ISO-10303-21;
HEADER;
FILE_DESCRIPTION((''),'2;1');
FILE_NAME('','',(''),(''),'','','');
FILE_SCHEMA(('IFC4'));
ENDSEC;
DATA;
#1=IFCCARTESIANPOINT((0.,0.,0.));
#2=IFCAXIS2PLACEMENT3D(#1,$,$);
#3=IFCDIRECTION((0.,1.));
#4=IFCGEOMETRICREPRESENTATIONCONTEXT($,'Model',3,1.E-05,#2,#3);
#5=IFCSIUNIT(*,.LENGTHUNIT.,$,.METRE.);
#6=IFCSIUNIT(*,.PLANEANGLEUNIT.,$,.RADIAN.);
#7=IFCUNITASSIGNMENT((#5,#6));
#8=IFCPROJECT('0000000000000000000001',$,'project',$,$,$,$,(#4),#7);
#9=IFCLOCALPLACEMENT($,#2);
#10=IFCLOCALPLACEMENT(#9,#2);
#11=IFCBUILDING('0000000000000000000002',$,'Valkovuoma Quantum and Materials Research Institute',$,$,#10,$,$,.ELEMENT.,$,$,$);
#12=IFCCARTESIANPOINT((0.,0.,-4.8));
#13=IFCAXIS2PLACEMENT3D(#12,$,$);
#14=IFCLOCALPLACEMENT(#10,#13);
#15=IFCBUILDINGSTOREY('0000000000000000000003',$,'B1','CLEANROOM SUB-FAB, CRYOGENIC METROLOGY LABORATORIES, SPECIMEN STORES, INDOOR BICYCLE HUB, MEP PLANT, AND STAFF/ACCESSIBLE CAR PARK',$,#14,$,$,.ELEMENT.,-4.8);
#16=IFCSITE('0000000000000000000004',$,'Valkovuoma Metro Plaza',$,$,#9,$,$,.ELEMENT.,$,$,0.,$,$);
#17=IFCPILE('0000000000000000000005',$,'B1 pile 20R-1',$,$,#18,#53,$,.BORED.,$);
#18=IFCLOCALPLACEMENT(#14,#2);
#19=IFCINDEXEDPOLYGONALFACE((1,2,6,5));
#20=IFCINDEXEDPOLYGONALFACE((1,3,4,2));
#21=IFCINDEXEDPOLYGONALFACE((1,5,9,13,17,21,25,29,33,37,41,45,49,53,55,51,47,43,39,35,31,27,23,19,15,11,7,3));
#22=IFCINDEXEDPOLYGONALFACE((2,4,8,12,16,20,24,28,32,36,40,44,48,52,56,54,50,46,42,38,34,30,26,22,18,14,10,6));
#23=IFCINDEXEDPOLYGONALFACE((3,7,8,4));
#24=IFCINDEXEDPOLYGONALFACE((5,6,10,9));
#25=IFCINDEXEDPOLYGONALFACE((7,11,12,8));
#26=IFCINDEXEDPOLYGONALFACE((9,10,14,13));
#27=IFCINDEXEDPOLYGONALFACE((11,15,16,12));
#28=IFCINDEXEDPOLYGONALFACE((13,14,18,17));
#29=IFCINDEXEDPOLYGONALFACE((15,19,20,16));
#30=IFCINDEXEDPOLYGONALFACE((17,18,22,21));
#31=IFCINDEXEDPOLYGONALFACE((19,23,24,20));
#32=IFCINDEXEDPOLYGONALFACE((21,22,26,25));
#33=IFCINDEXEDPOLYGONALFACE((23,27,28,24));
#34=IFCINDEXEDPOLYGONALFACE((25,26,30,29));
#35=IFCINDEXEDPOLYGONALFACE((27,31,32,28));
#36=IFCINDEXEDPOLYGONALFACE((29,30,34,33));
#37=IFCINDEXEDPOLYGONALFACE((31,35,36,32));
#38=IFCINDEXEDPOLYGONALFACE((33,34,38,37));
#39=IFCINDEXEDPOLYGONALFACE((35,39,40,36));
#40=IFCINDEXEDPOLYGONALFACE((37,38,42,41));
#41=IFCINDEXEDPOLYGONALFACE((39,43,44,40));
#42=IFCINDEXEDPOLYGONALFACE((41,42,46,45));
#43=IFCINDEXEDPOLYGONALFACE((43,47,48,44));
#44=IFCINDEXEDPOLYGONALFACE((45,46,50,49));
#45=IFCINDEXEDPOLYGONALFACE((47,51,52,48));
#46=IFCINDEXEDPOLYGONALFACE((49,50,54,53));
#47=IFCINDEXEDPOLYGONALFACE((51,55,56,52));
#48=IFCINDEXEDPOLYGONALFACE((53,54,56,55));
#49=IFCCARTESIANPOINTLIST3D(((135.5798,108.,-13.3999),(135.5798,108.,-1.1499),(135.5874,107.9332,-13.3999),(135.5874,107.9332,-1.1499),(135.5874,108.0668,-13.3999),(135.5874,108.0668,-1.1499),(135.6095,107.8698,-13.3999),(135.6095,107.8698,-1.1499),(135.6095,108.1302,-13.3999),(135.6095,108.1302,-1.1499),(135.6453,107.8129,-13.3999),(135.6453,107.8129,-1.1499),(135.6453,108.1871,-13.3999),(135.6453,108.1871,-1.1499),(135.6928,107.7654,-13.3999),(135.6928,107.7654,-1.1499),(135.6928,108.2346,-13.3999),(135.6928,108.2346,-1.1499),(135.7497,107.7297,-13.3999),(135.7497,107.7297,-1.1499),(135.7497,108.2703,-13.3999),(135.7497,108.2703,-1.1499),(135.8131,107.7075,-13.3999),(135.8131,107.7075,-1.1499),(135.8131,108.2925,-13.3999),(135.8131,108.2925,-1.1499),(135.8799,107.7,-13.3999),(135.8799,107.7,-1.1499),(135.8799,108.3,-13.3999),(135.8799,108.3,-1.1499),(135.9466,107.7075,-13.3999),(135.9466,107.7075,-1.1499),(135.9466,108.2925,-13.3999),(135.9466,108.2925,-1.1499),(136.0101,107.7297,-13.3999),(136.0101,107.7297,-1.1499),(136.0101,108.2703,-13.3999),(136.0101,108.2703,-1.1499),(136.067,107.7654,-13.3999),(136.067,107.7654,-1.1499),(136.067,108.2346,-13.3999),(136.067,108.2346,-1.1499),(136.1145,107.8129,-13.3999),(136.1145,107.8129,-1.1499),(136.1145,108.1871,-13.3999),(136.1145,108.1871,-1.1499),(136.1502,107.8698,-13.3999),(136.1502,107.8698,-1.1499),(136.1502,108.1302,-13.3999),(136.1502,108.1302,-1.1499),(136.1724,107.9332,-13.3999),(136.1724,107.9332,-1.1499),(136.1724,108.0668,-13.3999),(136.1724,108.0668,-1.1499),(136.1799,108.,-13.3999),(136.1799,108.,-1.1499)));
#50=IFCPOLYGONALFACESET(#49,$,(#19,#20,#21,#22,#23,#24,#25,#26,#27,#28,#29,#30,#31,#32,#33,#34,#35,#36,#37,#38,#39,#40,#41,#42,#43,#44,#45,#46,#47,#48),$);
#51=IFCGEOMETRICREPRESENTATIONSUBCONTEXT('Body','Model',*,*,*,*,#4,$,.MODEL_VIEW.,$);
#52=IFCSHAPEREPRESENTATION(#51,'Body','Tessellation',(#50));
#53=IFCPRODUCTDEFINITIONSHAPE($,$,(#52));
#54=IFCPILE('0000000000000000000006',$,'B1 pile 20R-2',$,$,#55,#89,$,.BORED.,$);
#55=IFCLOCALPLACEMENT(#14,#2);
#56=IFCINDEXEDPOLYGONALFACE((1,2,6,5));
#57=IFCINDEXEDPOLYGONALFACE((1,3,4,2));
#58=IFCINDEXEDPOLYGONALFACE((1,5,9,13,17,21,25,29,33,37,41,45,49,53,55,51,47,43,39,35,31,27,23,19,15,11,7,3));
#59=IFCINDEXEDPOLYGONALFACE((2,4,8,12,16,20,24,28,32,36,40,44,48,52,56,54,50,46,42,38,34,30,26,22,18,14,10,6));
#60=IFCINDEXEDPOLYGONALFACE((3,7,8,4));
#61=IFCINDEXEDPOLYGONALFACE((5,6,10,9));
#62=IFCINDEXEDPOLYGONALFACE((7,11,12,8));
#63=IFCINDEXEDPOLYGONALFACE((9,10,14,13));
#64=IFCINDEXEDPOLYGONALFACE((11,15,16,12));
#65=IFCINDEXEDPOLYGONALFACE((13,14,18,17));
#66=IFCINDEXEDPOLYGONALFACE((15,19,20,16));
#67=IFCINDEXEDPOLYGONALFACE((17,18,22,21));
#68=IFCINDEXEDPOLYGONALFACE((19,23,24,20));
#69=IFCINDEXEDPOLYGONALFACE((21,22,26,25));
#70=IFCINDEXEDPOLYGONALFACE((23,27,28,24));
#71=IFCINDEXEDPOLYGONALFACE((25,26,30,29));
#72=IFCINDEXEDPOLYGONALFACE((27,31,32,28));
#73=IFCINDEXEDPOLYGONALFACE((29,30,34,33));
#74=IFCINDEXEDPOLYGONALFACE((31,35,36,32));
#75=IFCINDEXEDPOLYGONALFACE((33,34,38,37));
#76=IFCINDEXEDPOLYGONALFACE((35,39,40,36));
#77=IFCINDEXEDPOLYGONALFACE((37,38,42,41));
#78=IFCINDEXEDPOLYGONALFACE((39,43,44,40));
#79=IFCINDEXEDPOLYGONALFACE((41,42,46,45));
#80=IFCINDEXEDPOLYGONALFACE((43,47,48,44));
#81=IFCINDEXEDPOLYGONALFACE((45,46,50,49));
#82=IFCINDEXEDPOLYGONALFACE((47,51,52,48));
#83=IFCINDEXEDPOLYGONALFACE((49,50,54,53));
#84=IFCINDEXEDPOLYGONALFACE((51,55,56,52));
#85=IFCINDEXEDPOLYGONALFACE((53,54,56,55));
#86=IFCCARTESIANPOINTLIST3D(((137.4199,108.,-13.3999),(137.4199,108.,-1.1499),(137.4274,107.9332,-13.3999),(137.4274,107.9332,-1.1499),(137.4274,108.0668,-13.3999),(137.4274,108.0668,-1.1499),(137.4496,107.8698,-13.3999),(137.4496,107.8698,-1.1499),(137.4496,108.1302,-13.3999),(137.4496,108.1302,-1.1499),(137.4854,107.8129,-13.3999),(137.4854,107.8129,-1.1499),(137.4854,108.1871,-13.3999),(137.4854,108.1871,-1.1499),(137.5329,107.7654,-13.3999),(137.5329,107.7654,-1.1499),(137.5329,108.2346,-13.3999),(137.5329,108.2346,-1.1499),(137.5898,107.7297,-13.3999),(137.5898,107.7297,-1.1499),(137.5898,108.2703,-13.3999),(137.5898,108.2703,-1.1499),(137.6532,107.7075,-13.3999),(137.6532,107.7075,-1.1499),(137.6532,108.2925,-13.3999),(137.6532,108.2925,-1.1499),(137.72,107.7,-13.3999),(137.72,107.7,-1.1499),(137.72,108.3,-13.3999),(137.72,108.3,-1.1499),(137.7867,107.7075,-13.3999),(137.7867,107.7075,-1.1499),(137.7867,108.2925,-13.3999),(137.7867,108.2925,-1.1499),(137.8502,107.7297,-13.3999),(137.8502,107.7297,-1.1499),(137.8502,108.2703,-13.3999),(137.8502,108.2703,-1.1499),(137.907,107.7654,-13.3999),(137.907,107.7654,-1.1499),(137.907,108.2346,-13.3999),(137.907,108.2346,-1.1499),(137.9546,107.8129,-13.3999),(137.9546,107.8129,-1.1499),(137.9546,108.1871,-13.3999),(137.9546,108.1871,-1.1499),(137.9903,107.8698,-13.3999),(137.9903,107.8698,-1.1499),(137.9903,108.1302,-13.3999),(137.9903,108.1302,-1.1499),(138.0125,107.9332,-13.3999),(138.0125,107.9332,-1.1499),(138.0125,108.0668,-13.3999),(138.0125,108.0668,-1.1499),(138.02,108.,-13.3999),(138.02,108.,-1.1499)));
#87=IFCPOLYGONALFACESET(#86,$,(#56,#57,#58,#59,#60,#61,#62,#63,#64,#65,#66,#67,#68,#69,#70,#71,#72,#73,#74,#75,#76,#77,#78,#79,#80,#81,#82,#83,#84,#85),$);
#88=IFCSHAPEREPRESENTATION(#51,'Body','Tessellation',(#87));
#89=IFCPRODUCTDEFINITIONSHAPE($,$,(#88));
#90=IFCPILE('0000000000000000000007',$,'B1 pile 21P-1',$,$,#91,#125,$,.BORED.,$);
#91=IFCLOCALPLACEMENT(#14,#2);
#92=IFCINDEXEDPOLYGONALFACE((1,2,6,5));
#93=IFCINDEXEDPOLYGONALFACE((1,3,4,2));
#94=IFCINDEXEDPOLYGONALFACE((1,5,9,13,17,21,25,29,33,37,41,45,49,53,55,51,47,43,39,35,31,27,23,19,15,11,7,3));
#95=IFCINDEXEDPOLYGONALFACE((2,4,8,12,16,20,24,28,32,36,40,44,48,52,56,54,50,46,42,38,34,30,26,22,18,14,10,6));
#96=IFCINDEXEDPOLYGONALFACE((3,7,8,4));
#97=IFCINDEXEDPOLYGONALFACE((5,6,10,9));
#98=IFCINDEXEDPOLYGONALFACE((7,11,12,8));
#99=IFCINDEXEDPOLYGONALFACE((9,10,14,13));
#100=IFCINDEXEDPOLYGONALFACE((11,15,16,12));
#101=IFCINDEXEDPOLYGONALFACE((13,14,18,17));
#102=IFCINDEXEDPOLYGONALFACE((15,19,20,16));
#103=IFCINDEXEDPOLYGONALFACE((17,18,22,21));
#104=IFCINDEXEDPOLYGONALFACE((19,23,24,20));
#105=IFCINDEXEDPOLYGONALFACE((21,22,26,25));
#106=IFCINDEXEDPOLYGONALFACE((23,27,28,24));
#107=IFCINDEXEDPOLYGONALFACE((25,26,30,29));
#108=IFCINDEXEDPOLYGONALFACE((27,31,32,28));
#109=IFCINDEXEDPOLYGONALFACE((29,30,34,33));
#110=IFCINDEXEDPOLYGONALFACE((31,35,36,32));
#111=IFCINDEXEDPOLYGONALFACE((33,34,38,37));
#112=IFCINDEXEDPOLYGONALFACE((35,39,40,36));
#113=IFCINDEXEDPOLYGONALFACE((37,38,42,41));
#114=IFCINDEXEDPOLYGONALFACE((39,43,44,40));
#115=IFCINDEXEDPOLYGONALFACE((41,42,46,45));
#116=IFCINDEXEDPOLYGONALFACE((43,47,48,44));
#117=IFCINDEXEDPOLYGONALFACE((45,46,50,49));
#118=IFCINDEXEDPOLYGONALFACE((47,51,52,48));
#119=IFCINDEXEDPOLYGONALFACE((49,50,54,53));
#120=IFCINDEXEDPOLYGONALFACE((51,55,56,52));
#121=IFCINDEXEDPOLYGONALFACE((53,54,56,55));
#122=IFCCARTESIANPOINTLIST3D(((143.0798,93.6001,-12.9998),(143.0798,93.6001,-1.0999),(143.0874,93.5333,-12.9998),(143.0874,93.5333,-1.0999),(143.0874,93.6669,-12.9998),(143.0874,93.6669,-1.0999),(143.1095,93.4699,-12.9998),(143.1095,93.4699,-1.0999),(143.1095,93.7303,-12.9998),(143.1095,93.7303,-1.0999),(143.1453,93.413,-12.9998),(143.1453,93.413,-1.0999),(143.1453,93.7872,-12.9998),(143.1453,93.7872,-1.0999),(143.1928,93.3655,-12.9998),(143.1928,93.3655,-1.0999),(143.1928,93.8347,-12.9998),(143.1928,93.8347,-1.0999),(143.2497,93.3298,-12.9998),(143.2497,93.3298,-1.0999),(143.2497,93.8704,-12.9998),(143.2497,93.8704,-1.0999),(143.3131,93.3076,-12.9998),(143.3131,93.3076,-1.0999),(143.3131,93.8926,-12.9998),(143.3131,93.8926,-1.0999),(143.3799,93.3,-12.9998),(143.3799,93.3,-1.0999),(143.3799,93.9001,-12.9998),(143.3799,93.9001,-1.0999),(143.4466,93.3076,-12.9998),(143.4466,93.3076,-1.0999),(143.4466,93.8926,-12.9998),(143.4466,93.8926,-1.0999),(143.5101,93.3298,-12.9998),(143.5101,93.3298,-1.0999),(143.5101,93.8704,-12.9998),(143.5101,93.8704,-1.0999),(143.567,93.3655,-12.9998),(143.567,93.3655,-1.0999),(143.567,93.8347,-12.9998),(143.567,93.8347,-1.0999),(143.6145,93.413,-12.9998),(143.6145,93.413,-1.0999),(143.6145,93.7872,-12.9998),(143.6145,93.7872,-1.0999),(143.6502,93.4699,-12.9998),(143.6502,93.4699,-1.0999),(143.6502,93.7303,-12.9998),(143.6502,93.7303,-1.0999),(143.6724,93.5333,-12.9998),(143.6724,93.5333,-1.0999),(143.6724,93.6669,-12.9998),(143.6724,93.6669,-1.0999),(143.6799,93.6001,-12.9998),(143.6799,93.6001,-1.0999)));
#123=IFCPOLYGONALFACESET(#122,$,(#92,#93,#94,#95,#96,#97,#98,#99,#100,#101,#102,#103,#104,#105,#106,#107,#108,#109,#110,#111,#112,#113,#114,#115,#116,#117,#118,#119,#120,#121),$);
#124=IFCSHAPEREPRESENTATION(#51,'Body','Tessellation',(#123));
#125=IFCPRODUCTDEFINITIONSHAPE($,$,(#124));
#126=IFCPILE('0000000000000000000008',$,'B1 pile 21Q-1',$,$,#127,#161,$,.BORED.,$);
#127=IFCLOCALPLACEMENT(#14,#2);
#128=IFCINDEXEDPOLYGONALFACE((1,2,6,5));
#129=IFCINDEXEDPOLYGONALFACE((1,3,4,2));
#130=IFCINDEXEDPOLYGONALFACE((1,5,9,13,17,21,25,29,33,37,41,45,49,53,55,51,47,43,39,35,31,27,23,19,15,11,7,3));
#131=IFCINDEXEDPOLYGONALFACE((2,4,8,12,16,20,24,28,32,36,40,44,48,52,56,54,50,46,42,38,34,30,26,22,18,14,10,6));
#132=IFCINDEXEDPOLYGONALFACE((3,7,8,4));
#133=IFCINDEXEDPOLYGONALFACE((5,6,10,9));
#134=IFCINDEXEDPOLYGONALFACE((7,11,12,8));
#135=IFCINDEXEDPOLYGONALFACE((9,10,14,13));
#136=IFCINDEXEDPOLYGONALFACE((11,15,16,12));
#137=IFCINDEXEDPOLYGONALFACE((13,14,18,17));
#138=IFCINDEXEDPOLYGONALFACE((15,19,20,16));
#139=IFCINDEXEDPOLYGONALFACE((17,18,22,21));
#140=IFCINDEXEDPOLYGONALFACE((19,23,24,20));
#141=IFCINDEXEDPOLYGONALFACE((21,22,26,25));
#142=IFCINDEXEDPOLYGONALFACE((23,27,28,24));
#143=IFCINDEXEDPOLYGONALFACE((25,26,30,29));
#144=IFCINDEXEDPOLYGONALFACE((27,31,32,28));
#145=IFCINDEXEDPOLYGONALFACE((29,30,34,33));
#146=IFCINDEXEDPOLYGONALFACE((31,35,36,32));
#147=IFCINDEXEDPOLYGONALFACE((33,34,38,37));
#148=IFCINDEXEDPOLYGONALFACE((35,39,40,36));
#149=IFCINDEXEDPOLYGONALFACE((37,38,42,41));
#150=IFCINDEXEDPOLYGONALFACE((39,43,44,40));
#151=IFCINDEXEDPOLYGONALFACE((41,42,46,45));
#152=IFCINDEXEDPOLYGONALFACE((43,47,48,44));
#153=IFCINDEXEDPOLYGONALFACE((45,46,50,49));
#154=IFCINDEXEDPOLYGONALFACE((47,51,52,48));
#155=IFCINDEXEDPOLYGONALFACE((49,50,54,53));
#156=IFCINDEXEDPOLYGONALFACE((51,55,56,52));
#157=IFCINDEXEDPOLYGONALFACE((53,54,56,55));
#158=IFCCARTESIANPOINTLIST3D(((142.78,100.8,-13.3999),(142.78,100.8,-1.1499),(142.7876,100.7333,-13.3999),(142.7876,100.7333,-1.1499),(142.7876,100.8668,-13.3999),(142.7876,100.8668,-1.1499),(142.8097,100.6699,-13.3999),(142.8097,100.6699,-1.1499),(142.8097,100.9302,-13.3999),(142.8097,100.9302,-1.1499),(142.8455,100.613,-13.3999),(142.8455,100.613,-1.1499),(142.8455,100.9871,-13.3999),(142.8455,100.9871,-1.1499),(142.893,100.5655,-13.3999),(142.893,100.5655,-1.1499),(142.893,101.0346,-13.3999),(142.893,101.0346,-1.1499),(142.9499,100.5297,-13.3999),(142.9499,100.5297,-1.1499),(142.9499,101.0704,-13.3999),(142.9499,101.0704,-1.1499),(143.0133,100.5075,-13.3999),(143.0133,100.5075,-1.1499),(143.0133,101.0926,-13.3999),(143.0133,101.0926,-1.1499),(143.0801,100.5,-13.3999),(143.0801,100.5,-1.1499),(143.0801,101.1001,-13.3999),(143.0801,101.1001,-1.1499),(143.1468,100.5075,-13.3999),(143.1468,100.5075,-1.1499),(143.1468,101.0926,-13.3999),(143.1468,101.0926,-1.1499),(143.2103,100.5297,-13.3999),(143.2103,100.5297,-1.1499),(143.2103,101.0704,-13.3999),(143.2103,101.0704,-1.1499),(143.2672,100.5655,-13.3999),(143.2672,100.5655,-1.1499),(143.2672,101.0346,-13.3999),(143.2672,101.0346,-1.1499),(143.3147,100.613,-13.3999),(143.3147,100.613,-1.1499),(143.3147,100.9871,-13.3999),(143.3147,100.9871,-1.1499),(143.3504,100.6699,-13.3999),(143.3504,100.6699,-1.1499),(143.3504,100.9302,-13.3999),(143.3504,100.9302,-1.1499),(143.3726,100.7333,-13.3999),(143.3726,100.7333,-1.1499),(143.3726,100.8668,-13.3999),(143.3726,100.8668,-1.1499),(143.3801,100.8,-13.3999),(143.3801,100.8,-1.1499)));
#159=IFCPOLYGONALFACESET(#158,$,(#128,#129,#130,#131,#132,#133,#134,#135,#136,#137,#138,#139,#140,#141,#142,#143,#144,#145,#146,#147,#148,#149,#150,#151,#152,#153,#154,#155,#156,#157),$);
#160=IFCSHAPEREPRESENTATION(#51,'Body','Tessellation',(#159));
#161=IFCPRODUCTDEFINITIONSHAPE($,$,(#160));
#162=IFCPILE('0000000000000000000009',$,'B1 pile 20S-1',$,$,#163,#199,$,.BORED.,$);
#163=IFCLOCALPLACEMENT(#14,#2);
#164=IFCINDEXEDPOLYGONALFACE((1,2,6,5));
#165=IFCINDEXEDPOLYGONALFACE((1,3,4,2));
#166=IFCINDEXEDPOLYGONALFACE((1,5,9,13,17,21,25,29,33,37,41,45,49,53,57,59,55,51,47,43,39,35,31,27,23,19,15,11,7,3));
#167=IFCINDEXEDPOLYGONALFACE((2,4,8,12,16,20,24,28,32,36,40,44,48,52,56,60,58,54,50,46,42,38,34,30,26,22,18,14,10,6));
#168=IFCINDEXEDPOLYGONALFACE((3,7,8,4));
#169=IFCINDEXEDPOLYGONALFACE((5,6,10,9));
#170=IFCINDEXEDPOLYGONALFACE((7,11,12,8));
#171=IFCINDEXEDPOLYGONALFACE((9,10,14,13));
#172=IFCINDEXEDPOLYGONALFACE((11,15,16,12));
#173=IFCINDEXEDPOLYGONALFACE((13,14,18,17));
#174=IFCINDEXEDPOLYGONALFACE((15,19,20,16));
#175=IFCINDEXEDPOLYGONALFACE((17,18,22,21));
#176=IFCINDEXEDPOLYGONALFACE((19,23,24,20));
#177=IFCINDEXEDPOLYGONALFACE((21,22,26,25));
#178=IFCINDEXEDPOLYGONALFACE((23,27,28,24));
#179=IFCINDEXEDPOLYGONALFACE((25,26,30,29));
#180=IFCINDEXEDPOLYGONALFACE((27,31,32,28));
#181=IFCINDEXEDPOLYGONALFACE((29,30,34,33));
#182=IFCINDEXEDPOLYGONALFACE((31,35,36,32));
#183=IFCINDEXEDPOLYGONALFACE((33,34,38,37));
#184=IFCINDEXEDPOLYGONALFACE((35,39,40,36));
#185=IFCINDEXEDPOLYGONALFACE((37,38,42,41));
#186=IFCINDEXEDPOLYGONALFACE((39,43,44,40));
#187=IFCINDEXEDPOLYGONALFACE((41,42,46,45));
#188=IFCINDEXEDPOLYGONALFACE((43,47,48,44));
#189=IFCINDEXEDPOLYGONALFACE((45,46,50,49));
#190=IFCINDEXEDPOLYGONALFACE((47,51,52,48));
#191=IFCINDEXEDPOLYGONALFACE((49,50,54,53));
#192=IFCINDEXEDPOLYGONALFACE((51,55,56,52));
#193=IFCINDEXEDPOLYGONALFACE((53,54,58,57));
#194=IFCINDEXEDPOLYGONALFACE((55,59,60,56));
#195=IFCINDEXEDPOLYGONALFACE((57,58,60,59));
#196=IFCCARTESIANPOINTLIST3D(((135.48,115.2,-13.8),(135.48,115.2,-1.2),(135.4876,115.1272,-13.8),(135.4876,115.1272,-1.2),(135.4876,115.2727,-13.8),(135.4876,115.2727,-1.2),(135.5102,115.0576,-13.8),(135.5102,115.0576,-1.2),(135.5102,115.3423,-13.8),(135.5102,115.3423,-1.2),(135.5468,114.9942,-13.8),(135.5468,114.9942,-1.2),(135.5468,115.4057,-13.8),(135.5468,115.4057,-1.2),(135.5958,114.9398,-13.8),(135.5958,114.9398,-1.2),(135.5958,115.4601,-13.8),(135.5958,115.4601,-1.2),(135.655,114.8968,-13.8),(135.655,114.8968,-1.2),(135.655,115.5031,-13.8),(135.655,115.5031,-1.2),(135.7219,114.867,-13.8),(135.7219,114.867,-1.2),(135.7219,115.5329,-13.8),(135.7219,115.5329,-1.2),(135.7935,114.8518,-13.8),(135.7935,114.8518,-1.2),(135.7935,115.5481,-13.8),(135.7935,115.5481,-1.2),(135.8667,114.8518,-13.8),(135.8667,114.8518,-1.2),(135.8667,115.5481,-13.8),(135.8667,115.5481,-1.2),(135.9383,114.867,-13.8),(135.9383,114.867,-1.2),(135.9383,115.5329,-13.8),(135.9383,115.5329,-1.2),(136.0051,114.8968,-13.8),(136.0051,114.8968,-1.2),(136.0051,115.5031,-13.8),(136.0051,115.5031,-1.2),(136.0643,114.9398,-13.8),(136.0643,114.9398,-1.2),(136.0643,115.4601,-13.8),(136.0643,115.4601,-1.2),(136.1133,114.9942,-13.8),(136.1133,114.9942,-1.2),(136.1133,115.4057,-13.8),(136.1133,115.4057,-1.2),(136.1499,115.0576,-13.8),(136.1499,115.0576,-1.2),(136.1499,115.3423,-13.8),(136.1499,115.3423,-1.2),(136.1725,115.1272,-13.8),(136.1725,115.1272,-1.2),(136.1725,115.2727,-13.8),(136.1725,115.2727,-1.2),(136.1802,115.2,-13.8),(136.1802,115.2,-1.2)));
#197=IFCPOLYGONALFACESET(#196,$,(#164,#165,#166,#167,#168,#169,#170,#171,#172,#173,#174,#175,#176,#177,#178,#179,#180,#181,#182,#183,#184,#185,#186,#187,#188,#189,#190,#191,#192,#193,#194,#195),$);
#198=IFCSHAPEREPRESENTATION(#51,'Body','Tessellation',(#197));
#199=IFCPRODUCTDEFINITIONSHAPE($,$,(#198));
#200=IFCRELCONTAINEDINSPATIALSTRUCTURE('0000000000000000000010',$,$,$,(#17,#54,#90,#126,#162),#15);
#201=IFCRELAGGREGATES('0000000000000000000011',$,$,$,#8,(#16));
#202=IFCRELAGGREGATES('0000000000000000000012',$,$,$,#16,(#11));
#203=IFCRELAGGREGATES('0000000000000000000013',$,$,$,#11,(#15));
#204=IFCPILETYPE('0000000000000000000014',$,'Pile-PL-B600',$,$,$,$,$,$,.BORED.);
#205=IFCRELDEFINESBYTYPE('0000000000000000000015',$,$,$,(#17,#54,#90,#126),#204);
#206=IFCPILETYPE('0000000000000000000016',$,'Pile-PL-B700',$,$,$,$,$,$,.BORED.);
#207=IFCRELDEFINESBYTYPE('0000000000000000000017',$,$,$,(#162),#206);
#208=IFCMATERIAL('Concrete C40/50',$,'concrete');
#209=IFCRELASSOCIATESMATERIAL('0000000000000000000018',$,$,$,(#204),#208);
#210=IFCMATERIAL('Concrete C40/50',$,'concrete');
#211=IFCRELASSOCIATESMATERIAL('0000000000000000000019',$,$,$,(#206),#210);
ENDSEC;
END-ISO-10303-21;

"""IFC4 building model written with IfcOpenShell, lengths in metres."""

from ifc_helpers import new_model, si_unit, direction, frame, origin, origin_2d, place, context, subcontext, project, spatial, circle, extrude, material, material_profile, profile_set, type_object, element, save


model = new_model("IFC4")

# Units and contexts
model_context = context("Model", 3, precision=1e-05, world=origin(), true_north=direction((0.0, 1.0)))
body_context = subcontext(model_context, "Body", "Model", "MODEL_VIEW")
ifc_project = project(units=[si_unit("LENGTHUNIT", "METRE"), si_unit("PLANEANGLEUNIT", "RADIAN")], contexts=[model_context])

# Site, building, storey
site_placement = place(None, origin())
site = spatial("IfcSite", under=ifc_project, at=site_placement, Name="Valkovuoma Metro Plaza", CompositionType="ELEMENT", RefElevation=0.0)
building_placement = place(site_placement, origin())
building = spatial("IfcBuilding", under=site, at=building_placement, Name="Valkovuoma Quantum and Materials Research Institute", CompositionType="ELEMENT")
storey_placement = place(building_placement, frame((0.0, 0.0, -4.8)))
storey = spatial("IfcBuildingStorey", under=building, at=storey_placement, Name="B1", Description="CLEANROOM SUB-FAB, CRYOGENIC METROLOGY LABORATORIES, SPECIMEN STORES, INDOOR BICYCLE HUB, MEP PLANT, AND STAFF/ACCESSIBLE CAR PARK", CompositionType="ELEMENT", Elevation=-4.8)

# Piles
ifc_material_1 = material(Name="Concrete C40/50", Category="concrete")
ifc_material_profile_1 = material_profile(ifc_material_1, circle(Radius=0.3, at=origin_2d()), Name="Concrete C40/50")
ifc_profile_set_1 = profile_set([ifc_material_profile_1], Name="Concrete C40/50")
pile_type_1 = type_object("IfcPileType", Name="Pile-PL-B600", PredefinedType="BORED", material=ifc_profile_set_1)
for number, where, z_axis, x_axis, name in (
    (1, (135.8799, 108.0, -1.1499), (0.0, 0.0, -1.0), (1.0, 0.0, 0.0), "B1 pile 20R-1"),
    (2, (137.72, 108.0, -1.1499), (0.0, 0.0, -1.0), (1.0, 0.0, 0.0), "B1 pile 20R-2"),
):
    element("IfcPile", number, at=place(storey_placement, frame(where, z_axis=z_axis, x_axis=x_axis)), inside=storey, type_object=pile_type_1, Name=name, PredefinedType="BORED", context=body_context, shape_type="SweptSolid", body=[
        extrude(circle(Radius=0.3, at=origin_2d()), origin(), (0.0, 0.0, 1.0), 12.25),
    ])
pile_1_placement = place(storey_placement, frame((143.3799, 93.6001, -1.0999), z_axis=(0.0, 0.0, -1.0), x_axis=(1.0, 0.0, 0.0)))
element("IfcPile", 3, at=pile_1_placement, inside=storey, type_object=pile_type_1, Name="B1 pile 21P-1", PredefinedType="BORED", context=body_context, shape_type="SweptSolid", body=[
    extrude(circle(Radius=0.3, at=origin_2d()), origin(), (0.0, 0.0, 1.0), 11.8999),
])
pile_2_placement = place(storey_placement, frame((143.0801, 100.8, -1.1499), z_axis=(0.0, 0.0, -1.0), x_axis=(1.0, 0.0, 0.0)))
element("IfcPile", 4, at=pile_2_placement, inside=storey, type_object=pile_type_1, Name="B1 pile 21Q-1", PredefinedType="BORED", context=body_context, shape_type="SweptSolid", body=[
    extrude(circle(Radius=0.3, at=origin_2d()), origin(), (0.0, 0.0, 1.0), 12.25),
])
ifc_material_2 = material(Name="Concrete C40/50", Category="concrete")
ifc_material_profile_2 = material_profile(ifc_material_2, circle(Radius=0.3501, at=origin_2d()), Name="Concrete C40/50")
ifc_profile_set_2 = profile_set([ifc_material_profile_2], Name="Concrete C40/50")
pile_type_2 = type_object("IfcPileType", Name="Pile-PL-B700", PredefinedType="BORED", material=ifc_profile_set_2)
for number, where, z_axis, x_axis, name in (
    (5, (135.8301, 115.2, -1.2), (0.0, 0.0, -1.0), (1.0, 0.0, 0.0), "B1 pile 20S-1"),
):
    element("IfcPile", number, at=place(storey_placement, frame(where, z_axis=z_axis, x_axis=x_axis)), inside=storey, type_object=pile_type_2, Name=name, PredefinedType="BORED", context=body_context, shape_type="SweptSolid", body=[
        extrude(circle(Radius=0.3501, at=origin_2d()), origin(), (0.0, 0.0, 1.0), 12.6001),
    ])

save(model, "model.ifc")
